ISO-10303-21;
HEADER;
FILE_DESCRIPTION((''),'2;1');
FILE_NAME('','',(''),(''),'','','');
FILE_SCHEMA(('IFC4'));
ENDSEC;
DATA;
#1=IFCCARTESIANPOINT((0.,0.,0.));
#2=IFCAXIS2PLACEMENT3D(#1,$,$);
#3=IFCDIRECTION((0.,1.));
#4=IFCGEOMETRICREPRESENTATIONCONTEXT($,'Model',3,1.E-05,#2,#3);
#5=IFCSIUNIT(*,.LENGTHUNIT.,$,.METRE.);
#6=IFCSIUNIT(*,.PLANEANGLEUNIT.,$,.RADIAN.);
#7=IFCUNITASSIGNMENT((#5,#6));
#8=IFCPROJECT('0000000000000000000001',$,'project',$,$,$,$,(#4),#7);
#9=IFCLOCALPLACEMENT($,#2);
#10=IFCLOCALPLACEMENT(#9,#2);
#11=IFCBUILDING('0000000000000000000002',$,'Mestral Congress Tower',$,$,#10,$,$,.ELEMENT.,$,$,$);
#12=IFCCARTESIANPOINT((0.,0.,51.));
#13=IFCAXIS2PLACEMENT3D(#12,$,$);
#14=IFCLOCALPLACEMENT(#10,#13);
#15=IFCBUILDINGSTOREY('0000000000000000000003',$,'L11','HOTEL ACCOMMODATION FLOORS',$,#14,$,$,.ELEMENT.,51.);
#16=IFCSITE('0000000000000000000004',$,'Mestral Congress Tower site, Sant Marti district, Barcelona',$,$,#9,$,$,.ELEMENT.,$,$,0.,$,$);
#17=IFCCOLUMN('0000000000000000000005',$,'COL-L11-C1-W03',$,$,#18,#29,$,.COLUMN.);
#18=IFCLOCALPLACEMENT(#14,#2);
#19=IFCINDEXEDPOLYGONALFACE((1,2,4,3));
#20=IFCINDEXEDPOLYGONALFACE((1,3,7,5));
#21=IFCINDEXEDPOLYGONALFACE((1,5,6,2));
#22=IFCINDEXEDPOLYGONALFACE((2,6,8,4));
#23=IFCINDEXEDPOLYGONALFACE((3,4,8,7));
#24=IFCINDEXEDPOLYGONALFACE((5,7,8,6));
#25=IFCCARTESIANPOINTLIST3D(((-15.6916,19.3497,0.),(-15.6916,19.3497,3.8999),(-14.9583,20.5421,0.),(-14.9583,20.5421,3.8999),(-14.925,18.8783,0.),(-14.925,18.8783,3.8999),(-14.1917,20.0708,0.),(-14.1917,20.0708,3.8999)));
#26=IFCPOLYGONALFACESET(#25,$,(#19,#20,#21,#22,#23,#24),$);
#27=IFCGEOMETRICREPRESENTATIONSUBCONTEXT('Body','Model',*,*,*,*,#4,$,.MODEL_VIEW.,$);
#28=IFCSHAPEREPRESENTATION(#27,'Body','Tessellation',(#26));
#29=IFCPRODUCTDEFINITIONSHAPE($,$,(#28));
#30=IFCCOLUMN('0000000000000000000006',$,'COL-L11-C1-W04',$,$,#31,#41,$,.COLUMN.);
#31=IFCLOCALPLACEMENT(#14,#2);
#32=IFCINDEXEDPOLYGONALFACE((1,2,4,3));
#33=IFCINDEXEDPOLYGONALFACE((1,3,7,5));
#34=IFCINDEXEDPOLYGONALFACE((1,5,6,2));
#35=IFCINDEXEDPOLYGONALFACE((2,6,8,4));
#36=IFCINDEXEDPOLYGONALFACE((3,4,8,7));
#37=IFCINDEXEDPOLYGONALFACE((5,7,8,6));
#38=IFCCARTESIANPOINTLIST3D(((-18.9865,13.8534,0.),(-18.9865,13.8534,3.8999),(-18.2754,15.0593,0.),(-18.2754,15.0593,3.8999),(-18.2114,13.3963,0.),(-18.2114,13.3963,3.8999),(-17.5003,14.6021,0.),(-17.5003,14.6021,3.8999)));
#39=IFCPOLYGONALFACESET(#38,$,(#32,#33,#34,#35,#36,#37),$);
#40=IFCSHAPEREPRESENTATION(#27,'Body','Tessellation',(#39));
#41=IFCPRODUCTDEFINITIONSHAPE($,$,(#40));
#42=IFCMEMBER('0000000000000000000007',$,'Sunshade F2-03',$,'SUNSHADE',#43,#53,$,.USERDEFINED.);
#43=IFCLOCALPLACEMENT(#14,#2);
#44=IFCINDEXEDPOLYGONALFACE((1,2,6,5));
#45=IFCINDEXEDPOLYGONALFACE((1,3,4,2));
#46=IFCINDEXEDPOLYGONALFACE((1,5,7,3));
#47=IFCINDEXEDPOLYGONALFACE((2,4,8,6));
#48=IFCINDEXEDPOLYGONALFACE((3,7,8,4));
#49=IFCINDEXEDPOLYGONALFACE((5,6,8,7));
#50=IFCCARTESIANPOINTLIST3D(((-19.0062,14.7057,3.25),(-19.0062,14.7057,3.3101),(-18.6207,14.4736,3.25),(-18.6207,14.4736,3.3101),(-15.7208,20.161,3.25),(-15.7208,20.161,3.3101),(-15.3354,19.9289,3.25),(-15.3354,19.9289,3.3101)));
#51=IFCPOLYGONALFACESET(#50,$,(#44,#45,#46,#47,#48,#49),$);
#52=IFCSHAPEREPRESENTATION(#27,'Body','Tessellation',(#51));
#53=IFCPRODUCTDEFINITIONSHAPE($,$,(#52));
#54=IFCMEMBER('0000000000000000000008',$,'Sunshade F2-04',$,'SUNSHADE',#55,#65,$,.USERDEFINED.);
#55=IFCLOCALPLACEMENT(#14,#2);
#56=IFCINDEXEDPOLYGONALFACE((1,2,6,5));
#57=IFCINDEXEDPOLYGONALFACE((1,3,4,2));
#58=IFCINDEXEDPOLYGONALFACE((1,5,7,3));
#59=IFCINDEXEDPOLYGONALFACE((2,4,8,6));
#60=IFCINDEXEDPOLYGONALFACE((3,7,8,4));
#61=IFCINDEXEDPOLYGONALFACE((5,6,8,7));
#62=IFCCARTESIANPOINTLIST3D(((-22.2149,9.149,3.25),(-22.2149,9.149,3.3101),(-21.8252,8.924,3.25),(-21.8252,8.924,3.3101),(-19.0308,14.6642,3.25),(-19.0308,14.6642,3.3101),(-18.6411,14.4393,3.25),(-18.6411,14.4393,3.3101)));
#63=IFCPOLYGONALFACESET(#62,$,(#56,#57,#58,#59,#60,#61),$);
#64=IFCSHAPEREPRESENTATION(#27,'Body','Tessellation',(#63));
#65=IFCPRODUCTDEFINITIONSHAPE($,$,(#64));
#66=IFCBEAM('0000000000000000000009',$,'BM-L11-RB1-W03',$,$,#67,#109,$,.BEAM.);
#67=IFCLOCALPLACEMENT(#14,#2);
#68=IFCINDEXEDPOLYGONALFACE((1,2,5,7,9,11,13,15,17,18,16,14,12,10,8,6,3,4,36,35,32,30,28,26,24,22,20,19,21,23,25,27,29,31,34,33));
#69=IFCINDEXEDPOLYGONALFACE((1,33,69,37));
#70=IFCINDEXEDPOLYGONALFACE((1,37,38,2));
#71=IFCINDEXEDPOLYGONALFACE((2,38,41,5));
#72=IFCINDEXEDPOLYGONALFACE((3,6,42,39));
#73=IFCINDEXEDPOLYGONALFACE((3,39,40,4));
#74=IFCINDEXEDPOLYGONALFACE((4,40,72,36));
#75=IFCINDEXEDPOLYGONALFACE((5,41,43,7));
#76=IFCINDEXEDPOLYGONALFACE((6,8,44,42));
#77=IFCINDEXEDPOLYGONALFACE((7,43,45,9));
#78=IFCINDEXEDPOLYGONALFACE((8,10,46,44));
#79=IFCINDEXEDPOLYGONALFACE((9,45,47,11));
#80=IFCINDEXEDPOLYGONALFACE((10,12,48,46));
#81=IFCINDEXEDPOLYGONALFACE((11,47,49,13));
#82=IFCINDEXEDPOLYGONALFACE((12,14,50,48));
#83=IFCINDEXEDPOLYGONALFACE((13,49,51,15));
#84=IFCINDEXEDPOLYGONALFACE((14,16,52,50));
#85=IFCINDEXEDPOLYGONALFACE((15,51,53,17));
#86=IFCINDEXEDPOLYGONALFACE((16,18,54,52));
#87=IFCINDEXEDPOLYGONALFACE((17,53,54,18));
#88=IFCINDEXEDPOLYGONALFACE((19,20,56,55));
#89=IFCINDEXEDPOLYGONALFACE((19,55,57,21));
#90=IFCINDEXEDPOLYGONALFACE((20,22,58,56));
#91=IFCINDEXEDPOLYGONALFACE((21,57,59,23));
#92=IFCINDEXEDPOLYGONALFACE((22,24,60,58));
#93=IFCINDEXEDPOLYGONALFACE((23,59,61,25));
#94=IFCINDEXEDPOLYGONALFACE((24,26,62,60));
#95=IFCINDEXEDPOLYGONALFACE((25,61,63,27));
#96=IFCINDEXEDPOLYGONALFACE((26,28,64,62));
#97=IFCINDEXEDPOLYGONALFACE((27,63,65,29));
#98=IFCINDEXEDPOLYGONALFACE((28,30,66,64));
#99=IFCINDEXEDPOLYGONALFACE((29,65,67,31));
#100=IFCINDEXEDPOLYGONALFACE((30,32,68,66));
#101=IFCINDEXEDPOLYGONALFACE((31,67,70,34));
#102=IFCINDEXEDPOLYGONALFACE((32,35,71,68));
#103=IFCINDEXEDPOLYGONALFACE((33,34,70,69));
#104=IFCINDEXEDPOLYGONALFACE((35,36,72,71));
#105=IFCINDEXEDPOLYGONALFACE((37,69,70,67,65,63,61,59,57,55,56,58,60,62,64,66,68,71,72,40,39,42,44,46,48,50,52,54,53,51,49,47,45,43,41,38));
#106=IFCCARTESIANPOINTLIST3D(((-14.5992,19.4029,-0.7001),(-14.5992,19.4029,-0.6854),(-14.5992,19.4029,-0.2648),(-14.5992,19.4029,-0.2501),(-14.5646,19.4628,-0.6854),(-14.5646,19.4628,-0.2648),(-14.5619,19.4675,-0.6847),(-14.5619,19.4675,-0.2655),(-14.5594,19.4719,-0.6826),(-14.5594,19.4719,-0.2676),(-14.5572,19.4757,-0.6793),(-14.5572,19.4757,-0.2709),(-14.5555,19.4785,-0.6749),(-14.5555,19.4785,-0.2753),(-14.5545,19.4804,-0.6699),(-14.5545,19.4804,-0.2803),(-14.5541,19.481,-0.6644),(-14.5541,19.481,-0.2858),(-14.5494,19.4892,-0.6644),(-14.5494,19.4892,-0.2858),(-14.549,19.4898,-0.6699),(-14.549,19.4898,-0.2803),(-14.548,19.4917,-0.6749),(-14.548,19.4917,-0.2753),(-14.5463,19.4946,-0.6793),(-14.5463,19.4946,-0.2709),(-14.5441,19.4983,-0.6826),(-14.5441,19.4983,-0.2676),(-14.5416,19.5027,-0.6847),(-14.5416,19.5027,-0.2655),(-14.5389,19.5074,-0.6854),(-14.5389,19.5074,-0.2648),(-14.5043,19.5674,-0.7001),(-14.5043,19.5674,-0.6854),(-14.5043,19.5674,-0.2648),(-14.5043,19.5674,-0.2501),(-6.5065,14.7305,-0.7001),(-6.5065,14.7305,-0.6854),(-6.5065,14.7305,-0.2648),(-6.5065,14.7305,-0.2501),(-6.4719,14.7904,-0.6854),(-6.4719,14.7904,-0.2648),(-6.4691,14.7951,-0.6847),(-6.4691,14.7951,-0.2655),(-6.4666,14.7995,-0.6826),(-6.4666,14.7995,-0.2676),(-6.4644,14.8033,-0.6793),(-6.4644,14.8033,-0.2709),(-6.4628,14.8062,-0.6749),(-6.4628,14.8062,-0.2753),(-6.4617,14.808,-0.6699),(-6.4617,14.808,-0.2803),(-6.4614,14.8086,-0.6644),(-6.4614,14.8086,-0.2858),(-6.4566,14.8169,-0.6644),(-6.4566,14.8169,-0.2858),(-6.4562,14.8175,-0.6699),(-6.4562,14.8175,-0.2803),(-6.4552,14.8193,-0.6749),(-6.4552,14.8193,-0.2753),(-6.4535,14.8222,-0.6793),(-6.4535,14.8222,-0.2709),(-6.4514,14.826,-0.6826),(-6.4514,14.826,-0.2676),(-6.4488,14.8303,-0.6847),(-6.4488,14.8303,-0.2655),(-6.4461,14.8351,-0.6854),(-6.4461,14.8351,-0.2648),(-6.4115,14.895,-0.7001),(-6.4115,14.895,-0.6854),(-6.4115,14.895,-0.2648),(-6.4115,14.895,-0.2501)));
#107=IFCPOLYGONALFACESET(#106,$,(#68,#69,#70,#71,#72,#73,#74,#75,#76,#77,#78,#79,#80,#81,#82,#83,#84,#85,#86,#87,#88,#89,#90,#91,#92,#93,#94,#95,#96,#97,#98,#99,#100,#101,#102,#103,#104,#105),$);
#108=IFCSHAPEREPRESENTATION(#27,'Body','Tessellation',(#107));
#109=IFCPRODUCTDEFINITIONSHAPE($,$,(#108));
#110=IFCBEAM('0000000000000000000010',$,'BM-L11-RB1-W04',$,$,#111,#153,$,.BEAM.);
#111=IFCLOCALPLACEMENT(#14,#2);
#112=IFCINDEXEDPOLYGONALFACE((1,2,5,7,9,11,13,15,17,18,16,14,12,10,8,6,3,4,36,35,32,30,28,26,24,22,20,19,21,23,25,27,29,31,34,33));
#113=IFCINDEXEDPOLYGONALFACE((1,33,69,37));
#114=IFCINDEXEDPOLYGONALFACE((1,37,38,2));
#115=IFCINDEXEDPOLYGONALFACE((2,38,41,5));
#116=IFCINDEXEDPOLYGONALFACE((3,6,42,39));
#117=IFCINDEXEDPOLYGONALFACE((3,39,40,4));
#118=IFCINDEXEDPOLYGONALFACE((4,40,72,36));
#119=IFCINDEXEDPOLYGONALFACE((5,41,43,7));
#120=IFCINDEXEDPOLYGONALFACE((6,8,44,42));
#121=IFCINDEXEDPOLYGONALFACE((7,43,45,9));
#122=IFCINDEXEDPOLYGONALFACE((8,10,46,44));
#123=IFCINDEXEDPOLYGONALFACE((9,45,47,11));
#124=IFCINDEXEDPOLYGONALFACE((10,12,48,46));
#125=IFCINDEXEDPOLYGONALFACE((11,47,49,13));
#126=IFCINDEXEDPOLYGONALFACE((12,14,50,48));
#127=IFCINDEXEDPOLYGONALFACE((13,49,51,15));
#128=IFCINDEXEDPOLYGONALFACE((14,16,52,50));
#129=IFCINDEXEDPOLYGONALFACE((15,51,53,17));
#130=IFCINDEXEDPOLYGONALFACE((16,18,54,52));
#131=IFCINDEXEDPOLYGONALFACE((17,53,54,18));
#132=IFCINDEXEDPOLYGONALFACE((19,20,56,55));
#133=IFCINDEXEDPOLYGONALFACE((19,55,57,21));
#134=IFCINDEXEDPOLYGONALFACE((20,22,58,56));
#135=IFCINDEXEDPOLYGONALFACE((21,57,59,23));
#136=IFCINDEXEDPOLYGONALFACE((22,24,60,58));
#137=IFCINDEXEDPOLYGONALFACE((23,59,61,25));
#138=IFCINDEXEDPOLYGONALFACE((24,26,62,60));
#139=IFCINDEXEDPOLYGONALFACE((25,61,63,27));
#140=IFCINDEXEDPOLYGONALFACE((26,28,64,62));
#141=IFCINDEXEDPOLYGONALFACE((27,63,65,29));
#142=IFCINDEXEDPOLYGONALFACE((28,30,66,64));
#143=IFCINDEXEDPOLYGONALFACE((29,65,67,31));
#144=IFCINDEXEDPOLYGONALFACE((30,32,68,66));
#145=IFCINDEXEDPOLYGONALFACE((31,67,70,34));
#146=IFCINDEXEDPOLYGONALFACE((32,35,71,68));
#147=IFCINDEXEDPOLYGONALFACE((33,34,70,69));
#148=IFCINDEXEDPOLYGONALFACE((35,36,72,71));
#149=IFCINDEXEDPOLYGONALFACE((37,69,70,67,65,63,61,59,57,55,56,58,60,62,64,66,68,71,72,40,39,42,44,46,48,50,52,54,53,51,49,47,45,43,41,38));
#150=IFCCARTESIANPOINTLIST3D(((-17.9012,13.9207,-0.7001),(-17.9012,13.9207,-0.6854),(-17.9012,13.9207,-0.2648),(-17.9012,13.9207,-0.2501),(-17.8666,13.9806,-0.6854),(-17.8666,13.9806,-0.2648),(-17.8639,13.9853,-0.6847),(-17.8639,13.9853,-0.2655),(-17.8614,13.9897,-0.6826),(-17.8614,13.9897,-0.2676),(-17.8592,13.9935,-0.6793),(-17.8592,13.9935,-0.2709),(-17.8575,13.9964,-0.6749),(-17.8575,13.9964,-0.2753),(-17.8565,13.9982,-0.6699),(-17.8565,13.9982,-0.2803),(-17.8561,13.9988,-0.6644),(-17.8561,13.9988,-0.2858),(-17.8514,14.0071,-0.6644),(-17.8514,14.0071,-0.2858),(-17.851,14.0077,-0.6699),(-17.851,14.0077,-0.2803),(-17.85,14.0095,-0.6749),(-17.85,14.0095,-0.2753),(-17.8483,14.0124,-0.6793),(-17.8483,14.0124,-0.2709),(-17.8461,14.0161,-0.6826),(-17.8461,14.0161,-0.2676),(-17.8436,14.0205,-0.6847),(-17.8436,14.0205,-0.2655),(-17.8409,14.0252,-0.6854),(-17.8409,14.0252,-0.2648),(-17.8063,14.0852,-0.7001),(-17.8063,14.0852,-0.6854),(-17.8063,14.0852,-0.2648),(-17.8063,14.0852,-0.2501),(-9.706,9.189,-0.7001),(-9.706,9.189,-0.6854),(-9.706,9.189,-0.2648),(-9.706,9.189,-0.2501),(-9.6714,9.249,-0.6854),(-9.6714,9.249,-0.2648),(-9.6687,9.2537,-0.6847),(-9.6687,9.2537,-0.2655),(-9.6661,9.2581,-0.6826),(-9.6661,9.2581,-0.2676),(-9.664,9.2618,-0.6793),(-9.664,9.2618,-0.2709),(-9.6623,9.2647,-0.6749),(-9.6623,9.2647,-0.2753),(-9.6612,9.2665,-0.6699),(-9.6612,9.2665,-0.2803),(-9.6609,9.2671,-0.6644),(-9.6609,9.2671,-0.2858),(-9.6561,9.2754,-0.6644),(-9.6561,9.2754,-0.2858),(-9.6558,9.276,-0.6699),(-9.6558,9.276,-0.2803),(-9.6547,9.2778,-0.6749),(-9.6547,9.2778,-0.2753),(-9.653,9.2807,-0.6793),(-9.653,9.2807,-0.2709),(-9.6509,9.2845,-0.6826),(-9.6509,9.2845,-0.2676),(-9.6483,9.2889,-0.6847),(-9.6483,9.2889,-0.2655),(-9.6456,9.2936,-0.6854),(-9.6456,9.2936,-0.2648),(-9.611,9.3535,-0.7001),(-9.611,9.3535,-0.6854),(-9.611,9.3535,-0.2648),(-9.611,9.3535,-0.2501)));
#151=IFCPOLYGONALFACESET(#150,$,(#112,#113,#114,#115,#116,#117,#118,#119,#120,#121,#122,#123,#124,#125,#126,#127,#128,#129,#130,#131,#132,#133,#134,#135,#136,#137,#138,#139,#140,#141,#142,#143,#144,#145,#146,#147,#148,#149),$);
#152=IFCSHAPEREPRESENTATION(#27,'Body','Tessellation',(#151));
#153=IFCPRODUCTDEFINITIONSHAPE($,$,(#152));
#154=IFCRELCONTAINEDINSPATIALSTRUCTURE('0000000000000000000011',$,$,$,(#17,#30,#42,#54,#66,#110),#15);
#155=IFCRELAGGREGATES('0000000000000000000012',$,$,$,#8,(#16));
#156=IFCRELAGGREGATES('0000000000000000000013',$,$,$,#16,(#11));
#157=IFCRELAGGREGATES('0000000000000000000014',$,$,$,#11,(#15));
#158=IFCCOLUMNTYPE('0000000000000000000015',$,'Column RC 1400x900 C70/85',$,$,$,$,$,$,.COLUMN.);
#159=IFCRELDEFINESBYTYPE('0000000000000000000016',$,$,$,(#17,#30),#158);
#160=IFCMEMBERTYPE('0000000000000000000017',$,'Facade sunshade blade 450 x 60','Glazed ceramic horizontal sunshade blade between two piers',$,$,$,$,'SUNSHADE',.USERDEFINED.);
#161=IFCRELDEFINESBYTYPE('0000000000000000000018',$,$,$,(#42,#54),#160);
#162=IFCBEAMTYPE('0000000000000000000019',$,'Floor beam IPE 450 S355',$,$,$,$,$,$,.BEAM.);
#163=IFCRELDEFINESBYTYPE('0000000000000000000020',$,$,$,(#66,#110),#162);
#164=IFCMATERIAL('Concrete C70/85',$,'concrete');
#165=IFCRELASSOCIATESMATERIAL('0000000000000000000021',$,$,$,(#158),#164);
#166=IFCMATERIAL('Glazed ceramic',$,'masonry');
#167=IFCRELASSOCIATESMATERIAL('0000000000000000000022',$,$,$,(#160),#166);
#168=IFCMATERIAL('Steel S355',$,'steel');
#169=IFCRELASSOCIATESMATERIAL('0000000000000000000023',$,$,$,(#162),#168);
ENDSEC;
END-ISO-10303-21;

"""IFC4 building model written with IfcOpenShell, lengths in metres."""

from ifc_helpers import new_model, si_unit, direction, frame, origin, origin_2d, place, context, subcontext, project, spatial, rectangle, i_section, extrude, material, material_profile, profile_set, type_object, element, save


model = new_model("IFC4")

# Units and contexts
model_context = context("Model", 3, precision=1e-05, world=origin(), true_north=direction((0.0, 1.0)))
body_context = subcontext(model_context, "Body", "Model", "MODEL_VIEW")
ifc_project = project(units=[si_unit("LENGTHUNIT", "METRE"), si_unit("PLANEANGLEUNIT", "RADIAN")], contexts=[model_context])

# Site, building, storey
site_placement = place(None, origin())
site = spatial("IfcSite", under=ifc_project, at=site_placement, Name="Mestral Congress Tower site, Sant Marti district, Barcelona", CompositionType="ELEMENT", RefElevation=0.0)
building_placement = place(site_placement, origin())
building = spatial("IfcBuilding", under=site, at=building_placement, Name="Mestral Congress Tower", CompositionType="ELEMENT")
storey_placement = place(building_placement, frame((0.0, 0.0, 51.0)))
storey = spatial("IfcBuildingStorey", under=building, at=storey_placement, Name="L11", Description="HOTEL ACCOMMODATION FLOORS", CompositionType="ELEMENT", Elevation=51.0)

# Columns
ifc_material_1 = material(Name="Concrete C70/85", Category="concrete")
ifc_material_profile_1 = material_profile(ifc_material_1, rectangle(XDim=1.3999, YDim=0.8999, at=origin_2d()), Name="RC 1400x900")
ifc_profile_set_1 = profile_set([ifc_material_profile_1], Name="Concrete C70/85")
column_type = type_object("IfcColumnType", Name="Column RC 1400x900 C70/85", PredefinedType="COLUMN", material=ifc_profile_set_1)
for number, where, z_axis, x_axis, name in (
    (1, (-14.9417, 19.7102, 0.0), (0.0, 0.0, 1.0), (-0.523819, -0.851829, 0.0), "COL-L11-C1-W03"),
    (2, (-18.2434, 14.2278, 0.0), (0.0, 0.0, 1.0), (-0.507983, -0.861367, 0.0), "COL-L11-C1-W04"),
):
    element("IfcColumn", number, at=place(storey_placement, frame(where, z_axis=z_axis, x_axis=x_axis)), inside=storey, type_object=column_type, Name=name, PredefinedType="COLUMN", context=body_context, shape_type="SweptSolid", body=[
        extrude(rectangle(XDim=1.3999, YDim=0.8999, at=origin_2d()), origin(), (0.0, 0.0, 1.0), 3.8999),
    ])

# Members
ifc_material_2 = material(Name="Glazed ceramic", Category="masonry")
ifc_material_profile_2 = material_profile(ifc_material_2, rectangle(XDim=0.45, YDim=0.0601, at=origin_2d()), Name="Ceramic blade 450 x 60")
ifc_profile_set_2 = profile_set([ifc_material_profile_2], Name="Glazed ceramic")
member_type = type_object("IfcMemberType", Name="Facade sunshade blade 450 x 60", Description="Glazed ceramic horizontal sunshade blade between two piers", ElementType="SUNSHADE", PredefinedType="USERDEFINED", material=ifc_profile_set_2)
member_1_placement = place(storey_placement, frame((-15.5281, 20.0449, 3.28), z_axis=(-0.515905, -0.856646, 0.0), x_axis=(0.856646, -0.515905, 0.0)))
element("IfcMember", 3, at=member_1_placement, inside=storey, type_object=member_type, Name="Sunshade F2-03", ObjectType="SUNSHADE", PredefinedType="USERDEFINED", context=body_context, shape_type="SweptSolid", body=[
    extrude(rectangle(XDim=0.45, YDim=0.0601, at=origin_2d()), origin(), (0.0, 0.0, 1.0), 6.3682),
])
member_2_placement = place(storey_placement, frame((-18.8359, 14.5518, 3.28), z_axis=(-0.49999, -0.866031, 0.0), x_axis=(0.866031, -0.49999, 0.0)))
element("IfcMember", 4, at=member_2_placement, inside=storey, type_object=member_type, Name="Sunshade F2-04", ObjectType="SUNSHADE", PredefinedType="USERDEFINED", context=body_context, shape_type="SweptSolid", body=[
    extrude(rectangle(XDim=0.45, YDim=0.0601, at=origin_2d()), origin(), (0.0, 0.0, 1.0), 6.3684),
])

# Beams
ifc_material_3 = material(Name="Steel S355", Category="steel")
ifc_material_profile_3 = material_profile(ifc_material_3, i_section(OverallWidth=0.1899, OverallDepth=0.45, WebThickness=0.0095, FlangeThickness=0.0146, FilletRadius=0.021, at=origin_2d()), Name="IPE 450")
ifc_profile_set_3 = profile_set([ifc_material_profile_3], Name="Steel S355")
beam_type_1 = type_object("IfcBeamType", Name="Floor beam IPE 450 S355", PredefinedType="BEAM", material=ifc_profile_set_3)
beam_1_placement = place(storey_placement, frame((-14.5518, 19.4851, -0.4751), z_axis=(0.866025, -0.5, 0.0), x_axis=(0.5, 0.866025, 0.0)))
element("IfcBeam", 5, at=beam_1_placement, inside=storey, type_object=beam_type_1, Name="BM-L11-RB1-W03", PredefinedType="BEAM", context=body_context, shape_type="SweptSolid", body=[
    extrude(i_section(OverallWidth=0.1899, OverallDepth=0.45, WebThickness=0.0095, FlangeThickness=0.0146, FilletRadius=0.021, at=origin_2d()), origin(), (0.0, 0.0, 1.0), 9.3447),
])
beam_2_placement = place(storey_placement, frame((-17.8538, 14.0029, -0.4751), z_axis=(0.86602, -0.50001, 0.0), x_axis=(0.50001, 0.86602, 0.0)))
element("IfcBeam", 6, at=beam_2_placement, inside=storey, type_object=beam_type_1, Name="BM-L11-RB1-W04", PredefinedType="BEAM", context=body_context, shape_type="SweptSolid", body=[
    extrude(i_section(OverallWidth=0.1899, OverallDepth=0.45, WebThickness=0.0095, FlangeThickness=0.0146, FilletRadius=0.021, at=origin_2d()), origin(), (0.0, 0.0, 1.0), 9.4631),
])

save(model, "model.ifc")
